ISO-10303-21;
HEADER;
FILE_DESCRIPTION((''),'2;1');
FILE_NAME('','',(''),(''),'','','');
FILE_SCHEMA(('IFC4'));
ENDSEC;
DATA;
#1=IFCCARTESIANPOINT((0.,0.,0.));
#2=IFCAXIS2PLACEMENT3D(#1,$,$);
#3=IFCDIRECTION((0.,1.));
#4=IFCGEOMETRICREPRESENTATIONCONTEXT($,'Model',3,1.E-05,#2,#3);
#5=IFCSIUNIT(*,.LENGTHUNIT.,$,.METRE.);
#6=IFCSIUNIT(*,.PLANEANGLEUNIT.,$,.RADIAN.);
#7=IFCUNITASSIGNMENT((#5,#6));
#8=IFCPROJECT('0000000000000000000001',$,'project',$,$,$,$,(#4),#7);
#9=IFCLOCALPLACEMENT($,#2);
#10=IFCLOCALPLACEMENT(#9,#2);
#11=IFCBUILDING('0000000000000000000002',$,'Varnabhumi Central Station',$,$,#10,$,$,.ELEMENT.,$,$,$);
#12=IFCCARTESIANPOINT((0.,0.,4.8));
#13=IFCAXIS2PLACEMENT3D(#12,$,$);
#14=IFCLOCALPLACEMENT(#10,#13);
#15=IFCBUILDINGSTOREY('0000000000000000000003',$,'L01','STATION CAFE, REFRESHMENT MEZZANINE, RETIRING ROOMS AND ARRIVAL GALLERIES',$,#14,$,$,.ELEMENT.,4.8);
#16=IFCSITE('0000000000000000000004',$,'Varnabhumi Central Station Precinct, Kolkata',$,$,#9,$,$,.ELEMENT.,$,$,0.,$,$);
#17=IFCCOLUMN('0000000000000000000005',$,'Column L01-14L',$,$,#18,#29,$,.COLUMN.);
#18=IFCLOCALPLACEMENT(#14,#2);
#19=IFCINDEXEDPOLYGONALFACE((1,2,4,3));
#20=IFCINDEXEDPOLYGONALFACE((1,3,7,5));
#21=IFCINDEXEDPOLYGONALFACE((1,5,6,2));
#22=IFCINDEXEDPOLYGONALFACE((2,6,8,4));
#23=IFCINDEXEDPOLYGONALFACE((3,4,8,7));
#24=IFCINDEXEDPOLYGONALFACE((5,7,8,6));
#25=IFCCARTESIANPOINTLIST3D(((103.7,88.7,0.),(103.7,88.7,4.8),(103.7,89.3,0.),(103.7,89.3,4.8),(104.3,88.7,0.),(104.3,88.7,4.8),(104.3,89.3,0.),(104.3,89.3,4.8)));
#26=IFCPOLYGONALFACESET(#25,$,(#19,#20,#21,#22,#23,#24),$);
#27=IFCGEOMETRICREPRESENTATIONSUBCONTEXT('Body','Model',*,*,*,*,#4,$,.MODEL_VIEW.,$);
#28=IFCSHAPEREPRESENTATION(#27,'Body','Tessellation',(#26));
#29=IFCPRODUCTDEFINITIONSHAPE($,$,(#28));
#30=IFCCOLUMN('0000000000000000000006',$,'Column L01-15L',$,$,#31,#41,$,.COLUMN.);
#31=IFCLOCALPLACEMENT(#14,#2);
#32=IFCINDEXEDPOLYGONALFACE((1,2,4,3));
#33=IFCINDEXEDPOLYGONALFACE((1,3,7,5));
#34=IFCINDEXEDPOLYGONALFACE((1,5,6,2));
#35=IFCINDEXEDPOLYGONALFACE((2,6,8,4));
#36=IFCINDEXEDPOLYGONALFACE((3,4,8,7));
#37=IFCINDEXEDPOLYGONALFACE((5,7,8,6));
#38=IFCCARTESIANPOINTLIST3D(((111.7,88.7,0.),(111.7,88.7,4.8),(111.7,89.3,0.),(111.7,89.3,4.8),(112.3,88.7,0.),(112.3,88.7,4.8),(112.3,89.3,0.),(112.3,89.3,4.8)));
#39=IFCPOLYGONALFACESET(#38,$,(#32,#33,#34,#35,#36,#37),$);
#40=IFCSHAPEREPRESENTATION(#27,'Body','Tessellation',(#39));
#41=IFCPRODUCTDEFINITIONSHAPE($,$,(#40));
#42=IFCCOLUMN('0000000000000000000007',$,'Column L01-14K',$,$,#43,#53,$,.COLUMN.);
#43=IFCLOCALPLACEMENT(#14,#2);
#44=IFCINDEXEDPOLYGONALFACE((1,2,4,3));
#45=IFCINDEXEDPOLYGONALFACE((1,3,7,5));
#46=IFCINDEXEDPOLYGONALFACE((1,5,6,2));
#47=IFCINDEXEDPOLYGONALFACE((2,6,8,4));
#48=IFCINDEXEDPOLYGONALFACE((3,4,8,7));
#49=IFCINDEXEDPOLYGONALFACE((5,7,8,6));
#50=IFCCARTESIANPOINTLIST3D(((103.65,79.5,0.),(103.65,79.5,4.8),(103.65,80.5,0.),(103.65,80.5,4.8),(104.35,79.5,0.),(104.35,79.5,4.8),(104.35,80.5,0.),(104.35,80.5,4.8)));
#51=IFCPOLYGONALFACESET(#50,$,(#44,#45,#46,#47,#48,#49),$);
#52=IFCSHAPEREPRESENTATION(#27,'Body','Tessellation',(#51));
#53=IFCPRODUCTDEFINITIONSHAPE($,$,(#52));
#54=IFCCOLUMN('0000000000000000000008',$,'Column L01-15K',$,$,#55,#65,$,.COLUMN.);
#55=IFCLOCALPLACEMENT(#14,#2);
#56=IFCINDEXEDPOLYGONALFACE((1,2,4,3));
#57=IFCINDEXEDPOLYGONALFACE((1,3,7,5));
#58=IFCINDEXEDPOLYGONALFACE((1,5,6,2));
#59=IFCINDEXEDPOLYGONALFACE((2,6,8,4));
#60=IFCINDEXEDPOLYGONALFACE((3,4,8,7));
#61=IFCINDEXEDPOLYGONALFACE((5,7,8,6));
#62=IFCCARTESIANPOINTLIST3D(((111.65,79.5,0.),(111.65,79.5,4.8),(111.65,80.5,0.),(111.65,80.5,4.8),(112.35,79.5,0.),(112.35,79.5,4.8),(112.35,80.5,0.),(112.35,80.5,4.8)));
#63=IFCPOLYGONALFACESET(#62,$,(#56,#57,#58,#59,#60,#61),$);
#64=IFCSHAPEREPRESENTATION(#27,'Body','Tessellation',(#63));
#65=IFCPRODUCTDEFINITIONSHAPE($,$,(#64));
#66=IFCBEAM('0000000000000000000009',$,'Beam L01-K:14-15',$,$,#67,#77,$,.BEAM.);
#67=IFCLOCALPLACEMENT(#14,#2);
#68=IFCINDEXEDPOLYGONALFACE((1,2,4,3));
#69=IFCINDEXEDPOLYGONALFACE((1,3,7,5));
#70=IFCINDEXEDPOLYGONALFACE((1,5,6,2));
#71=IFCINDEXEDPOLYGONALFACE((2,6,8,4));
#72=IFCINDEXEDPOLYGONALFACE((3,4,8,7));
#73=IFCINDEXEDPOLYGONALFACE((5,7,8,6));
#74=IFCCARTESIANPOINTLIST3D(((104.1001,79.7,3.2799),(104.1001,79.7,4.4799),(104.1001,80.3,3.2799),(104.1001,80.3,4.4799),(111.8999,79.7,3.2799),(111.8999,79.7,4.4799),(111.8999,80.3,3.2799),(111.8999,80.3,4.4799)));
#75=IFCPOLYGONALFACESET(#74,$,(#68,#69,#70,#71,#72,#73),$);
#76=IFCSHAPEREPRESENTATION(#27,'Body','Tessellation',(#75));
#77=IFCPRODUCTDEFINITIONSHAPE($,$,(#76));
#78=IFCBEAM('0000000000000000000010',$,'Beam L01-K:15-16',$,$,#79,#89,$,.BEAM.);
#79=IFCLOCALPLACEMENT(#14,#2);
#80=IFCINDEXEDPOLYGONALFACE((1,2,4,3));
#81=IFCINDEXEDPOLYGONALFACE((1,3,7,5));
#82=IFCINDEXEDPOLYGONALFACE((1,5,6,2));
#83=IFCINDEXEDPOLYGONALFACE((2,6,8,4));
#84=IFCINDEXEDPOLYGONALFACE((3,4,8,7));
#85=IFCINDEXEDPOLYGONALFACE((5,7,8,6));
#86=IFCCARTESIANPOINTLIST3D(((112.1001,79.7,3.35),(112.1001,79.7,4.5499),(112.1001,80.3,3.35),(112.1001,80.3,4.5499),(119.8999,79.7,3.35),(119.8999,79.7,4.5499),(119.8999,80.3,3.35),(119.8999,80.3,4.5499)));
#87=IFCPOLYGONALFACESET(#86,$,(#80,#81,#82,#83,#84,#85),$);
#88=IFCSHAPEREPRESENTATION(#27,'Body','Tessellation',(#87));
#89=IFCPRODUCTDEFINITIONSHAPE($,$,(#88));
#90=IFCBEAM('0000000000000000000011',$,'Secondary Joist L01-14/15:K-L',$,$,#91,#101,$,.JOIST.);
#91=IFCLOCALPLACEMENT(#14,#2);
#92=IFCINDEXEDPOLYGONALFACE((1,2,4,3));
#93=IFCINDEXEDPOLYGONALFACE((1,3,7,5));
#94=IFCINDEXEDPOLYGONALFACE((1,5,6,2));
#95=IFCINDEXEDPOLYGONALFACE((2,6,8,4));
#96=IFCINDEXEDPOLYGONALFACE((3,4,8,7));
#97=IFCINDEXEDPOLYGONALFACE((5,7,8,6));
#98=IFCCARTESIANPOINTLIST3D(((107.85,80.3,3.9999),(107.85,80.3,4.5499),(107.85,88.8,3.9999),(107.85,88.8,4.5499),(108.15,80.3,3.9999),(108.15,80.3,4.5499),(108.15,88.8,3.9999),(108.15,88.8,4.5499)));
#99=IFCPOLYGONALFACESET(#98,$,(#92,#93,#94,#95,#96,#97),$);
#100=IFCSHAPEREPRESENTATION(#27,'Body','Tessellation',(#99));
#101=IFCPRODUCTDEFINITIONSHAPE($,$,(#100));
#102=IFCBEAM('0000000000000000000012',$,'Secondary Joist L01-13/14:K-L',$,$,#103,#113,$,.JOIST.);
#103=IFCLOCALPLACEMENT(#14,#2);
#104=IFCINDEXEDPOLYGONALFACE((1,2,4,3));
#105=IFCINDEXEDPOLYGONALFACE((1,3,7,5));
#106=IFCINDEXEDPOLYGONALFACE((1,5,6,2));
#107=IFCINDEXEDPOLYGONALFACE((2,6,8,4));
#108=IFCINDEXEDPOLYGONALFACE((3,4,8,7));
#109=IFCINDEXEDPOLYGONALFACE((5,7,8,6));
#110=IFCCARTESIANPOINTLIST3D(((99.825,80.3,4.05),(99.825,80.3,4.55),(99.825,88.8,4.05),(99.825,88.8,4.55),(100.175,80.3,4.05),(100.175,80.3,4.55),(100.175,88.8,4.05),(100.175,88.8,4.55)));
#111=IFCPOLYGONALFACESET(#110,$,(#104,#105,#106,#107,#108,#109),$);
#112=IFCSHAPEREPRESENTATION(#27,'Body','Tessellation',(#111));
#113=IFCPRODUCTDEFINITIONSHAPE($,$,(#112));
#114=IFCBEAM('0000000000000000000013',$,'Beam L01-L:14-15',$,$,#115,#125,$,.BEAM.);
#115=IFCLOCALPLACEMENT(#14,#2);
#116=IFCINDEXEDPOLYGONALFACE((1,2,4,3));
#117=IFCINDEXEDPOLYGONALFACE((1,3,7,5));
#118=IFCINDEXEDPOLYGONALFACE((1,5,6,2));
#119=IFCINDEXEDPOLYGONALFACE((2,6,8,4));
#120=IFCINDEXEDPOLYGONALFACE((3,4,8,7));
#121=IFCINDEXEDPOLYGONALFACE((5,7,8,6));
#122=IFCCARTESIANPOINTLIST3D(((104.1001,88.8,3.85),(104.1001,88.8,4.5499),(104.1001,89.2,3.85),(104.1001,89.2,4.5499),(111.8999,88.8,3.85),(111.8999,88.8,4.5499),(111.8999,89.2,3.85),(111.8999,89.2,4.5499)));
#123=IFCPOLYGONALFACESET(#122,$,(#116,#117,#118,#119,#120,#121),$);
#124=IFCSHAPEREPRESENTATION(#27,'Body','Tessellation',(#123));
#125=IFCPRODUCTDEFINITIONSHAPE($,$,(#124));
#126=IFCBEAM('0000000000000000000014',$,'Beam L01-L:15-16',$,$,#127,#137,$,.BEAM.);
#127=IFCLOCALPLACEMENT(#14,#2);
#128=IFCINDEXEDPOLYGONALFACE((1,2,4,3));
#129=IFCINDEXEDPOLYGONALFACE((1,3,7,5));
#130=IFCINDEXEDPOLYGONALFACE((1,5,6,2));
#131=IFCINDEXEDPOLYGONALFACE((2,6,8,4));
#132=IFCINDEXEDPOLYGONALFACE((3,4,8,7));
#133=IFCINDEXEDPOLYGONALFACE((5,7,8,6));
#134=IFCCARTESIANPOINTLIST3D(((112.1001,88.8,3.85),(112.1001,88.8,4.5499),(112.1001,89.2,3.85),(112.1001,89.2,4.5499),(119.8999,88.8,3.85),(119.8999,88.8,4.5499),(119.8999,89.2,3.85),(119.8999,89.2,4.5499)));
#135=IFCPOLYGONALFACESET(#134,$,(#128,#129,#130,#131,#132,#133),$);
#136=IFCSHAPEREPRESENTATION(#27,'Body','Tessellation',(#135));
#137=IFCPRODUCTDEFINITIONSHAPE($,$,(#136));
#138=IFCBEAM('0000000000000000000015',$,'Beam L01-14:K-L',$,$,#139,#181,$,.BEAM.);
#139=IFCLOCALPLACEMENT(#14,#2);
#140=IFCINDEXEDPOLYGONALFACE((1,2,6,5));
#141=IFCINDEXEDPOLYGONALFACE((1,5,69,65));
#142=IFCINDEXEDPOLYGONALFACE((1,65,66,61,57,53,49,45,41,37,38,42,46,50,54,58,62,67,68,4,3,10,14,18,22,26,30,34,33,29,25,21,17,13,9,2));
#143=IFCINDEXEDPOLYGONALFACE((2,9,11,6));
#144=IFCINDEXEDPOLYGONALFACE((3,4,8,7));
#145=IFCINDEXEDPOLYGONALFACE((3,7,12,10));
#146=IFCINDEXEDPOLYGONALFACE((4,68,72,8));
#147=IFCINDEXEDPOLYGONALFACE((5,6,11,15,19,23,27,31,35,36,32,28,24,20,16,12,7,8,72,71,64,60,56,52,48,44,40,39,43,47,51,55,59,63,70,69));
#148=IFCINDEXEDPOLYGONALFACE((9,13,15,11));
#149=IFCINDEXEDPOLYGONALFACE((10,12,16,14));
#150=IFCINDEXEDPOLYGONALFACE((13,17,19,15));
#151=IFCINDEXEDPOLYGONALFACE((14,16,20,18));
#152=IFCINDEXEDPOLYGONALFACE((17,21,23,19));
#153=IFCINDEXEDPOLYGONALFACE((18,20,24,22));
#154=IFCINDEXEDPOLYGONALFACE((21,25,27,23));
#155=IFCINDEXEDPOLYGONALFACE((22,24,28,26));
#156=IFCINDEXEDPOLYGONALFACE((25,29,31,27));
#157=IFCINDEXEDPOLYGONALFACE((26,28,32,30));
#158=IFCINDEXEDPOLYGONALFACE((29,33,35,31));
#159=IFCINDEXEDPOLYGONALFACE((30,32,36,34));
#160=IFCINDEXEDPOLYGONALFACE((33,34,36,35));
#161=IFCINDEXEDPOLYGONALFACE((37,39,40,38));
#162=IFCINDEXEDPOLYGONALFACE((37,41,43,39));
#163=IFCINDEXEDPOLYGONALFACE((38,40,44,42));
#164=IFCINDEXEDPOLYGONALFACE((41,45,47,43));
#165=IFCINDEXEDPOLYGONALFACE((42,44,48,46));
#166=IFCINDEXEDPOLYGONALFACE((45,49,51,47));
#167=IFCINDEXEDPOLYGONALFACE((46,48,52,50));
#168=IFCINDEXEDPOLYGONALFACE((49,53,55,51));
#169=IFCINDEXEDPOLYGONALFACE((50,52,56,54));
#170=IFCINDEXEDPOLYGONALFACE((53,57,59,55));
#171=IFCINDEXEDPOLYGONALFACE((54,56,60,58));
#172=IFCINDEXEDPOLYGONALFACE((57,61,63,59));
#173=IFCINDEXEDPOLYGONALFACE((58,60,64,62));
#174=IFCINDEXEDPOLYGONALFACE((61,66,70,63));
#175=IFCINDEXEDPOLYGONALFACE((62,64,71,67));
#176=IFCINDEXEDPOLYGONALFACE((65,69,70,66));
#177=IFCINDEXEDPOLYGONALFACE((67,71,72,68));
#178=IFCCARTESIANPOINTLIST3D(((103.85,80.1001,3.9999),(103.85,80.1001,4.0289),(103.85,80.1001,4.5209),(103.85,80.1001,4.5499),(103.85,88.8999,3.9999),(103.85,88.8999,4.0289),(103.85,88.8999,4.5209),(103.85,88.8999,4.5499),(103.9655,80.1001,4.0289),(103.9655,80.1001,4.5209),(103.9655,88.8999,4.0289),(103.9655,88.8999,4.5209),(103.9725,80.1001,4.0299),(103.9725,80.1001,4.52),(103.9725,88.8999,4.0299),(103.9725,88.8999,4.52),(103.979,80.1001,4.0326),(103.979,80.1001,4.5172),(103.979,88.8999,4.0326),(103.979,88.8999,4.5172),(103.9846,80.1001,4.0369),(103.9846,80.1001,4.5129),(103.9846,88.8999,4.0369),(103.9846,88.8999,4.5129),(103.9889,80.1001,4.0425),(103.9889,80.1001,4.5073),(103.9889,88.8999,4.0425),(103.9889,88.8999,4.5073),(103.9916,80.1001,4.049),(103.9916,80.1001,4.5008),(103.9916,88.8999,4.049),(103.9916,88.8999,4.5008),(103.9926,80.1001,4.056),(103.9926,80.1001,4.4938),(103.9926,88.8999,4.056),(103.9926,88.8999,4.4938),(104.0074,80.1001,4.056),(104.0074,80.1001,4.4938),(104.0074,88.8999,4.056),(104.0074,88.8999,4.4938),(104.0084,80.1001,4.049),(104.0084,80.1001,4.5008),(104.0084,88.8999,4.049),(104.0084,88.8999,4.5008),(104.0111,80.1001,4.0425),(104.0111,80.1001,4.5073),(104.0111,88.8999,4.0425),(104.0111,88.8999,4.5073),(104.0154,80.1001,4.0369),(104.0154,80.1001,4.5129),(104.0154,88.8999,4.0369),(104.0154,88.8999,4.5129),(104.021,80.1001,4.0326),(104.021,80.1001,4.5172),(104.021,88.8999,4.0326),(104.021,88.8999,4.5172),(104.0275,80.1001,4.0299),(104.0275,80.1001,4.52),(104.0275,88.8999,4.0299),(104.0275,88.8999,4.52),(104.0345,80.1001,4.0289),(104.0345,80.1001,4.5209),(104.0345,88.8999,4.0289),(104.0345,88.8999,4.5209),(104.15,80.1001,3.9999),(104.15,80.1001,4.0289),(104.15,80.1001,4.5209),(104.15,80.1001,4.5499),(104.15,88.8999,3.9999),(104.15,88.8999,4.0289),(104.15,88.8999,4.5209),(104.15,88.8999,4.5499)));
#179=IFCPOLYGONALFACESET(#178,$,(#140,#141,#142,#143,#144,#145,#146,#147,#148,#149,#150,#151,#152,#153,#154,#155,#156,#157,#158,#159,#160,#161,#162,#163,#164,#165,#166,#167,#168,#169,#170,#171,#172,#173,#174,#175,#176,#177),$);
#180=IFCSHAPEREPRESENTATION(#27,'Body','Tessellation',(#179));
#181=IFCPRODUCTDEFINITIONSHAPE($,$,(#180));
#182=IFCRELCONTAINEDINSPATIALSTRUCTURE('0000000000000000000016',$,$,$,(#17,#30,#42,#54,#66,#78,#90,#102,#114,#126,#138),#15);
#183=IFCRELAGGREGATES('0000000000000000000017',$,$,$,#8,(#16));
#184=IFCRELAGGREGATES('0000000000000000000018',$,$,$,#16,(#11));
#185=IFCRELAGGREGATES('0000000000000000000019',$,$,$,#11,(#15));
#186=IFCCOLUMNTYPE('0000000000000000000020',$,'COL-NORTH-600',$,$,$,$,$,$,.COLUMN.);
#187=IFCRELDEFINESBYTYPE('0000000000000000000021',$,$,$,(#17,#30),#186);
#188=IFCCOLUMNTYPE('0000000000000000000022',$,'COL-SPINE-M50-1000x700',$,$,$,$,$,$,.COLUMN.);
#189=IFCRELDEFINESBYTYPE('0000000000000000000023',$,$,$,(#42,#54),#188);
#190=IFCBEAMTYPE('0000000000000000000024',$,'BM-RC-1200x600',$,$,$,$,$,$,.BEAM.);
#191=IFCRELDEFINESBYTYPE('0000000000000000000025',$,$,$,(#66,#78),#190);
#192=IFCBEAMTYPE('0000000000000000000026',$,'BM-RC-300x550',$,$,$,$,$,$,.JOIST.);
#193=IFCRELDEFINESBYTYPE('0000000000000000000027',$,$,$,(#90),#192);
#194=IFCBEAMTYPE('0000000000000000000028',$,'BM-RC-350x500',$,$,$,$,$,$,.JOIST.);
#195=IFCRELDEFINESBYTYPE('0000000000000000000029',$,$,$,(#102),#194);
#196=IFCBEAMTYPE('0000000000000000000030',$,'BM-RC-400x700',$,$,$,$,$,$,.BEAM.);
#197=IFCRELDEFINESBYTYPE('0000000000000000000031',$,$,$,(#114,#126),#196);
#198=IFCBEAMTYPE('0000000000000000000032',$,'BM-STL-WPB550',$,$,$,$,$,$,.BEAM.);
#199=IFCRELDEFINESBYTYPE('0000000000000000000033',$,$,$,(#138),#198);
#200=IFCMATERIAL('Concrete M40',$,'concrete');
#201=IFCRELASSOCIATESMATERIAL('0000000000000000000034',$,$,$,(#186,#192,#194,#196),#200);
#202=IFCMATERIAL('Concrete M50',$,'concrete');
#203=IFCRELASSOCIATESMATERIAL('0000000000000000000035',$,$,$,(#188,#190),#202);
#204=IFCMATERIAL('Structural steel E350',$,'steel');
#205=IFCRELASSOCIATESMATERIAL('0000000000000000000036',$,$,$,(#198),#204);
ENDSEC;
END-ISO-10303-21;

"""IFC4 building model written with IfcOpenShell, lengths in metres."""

from ifc_helpers import new_model, si_unit, direction, frame, origin, origin_2d, place, context, subcontext, project, spatial, rectangle, i_section, extrude, material, material_profile, profile_set, type_object, element, save


model = new_model("IFC4")

# Units and contexts
model_context = context("Model", 3, precision=1e-05, world=origin(), true_north=direction((0.0, 1.0)))
body_context = subcontext(model_context, "Body", "Model", "MODEL_VIEW")
ifc_project = project(units=[si_unit("LENGTHUNIT", "METRE"), si_unit("PLANEANGLEUNIT", "RADIAN")], contexts=[model_context])

# Site, building, storey
site_placement = place(None, origin())
site = spatial("IfcSite", under=ifc_project, at=site_placement, Name="Varnabhumi Central Station Precinct, Kolkata", CompositionType="ELEMENT", RefElevation=0.0)
building_placement = place(site_placement, origin())
building = spatial("IfcBuilding", under=site, at=building_placement, Name="Varnabhumi Central Station", CompositionType="ELEMENT")
storey_placement = place(building_placement, frame((0.0, 0.0, 4.8)))
storey = spatial("IfcBuildingStorey", under=building, at=storey_placement, Name="L01", Description="STATION CAFE, REFRESHMENT MEZZANINE, RETIRING ROOMS AND ARRIVAL GALLERIES", CompositionType="ELEMENT", Elevation=4.8)

# Columns
ifc_material_1 = material(Name="Concrete M40", Category="concrete")
ifc_material_profile_1 = material_profile(ifc_material_1, rectangle(XDim=0.6001, YDim=0.6001, at=origin_2d()), Name="Concrete M40", Category="concrete")
ifc_profile_set_1 = profile_set([ifc_material_profile_1], Name="Concrete M40")
column_type_1 = type_object("IfcColumnType", Name="COL-NORTH-600", PredefinedType="COLUMN", material=ifc_profile_set_1)
for number, where, z_axis, x_axis, name in (
    (1, (104.0, 89.0, 0.0), (0.0, 0.0, 1.0), (1.0, 0.0, 0.0), "Column L01-14L"),
    (2, (112.0, 89.0, 0.0), (0.0, 0.0, 1.0), (1.0, 0.0, 0.0), "Column L01-15L"),
):
    element("IfcColumn", number, at=place(storey_placement, frame(where, z_axis=z_axis, x_axis=x_axis)), inside=storey, type_object=column_type_1, Name=name, PredefinedType="COLUMN", context=body_context, shape_type="SweptSolid", body=[
        extrude(rectangle(XDim=0.6001, YDim=0.6001, at=origin_2d()), origin(), (0.0, 0.0, 1.0), 4.8),
    ])
ifc_material_2 = material(Name="Concrete M50", Category="concrete")
ifc_material_profile_2 = material_profile(ifc_material_2, rectangle(XDim=0.7, YDim=1.0, at=origin_2d()), Name="Concrete M50", Category="concrete")
ifc_profile_set_2 = profile_set([ifc_material_profile_2], Name="Concrete M50")
column_type_2 = type_object("IfcColumnType", Name="COL-SPINE-M50-1000x700", PredefinedType="COLUMN", material=ifc_profile_set_2)
for number, where, z_axis, x_axis, name in (
    (3, (104.0, 80.0, 0.0), (0.0, 0.0, 1.0), (1.0, 0.0, 0.0), "Column L01-14K"),
    (4, (112.0, 80.0, 0.0), (0.0, 0.0, 1.0), (1.0, 0.0, 0.0), "Column L01-15K"),
):
    element("IfcColumn", number, at=place(storey_placement, frame(where, z_axis=z_axis, x_axis=x_axis)), inside=storey, type_object=column_type_2, Name=name, PredefinedType="COLUMN", context=body_context, shape_type="SweptSolid", body=[
        extrude(rectangle(XDim=0.7, YDim=1.0, at=origin_2d()), origin(), (0.0, 0.0, 1.0), 4.8),
    ])

# Beams
ifc_material_profile_3 = material_profile(ifc_material_2, rectangle(XDim=0.6001, YDim=1.2, at=origin_2d()), Name="Concrete M50", Category="concrete")
ifc_profile_set_3 = profile_set([ifc_material_profile_3], Name="Concrete M50")
beam_type_1 = type_object("IfcBeamType", Name="BM-RC-1200x600", PredefinedType="BEAM", material=ifc_profile_set_3)
for number, where, z_axis, x_axis, name in (
    (5, (104.1001, 80.0, 3.8799), (1.0, 0.0, 0.0), (0.0, 1.0, 0.0), "Beam L01-K:14-15"),
    (6, (112.1001, 80.0, 3.95), (1.0, 0.0, 0.0), (0.0, 1.0, 0.0), "Beam L01-K:15-16"),
):
    element("IfcBeam", number, at=place(storey_placement, frame(where, z_axis=z_axis, x_axis=x_axis)), inside=storey, type_object=beam_type_1, Name=name, PredefinedType="BEAM", context=body_context, shape_type="SweptSolid", body=[
        extrude(rectangle(XDim=0.6001, YDim=1.2, at=origin_2d()), origin(), (0.0, 0.0, 1.0), 7.7998),
    ])
ifc_material_profile_4 = material_profile(ifc_material_1, rectangle(XDim=0.3, YDim=0.55, at=origin_2d()), Name="Concrete M40", Category="concrete")
ifc_profile_set_4 = profile_set([ifc_material_profile_4], Name="Concrete M40")
beam_type_2 = type_object("IfcBeamType", Name="BM-RC-300x550", PredefinedType="JOIST", material=ifc_profile_set_4)
beam_1_placement = place(storey_placement, frame((108.0, 80.3, 4.2749), z_axis=(0.0, 1.0, 0.0), x_axis=(-1.0, 0.0, 0.0)))
element("IfcBeam", 7, at=beam_1_placement, inside=storey, type_object=beam_type_2, Name="Secondary Joist L01-14/15:K-L", PredefinedType="JOIST", context=body_context, shape_type="SweptSolid", body=[
    extrude(rectangle(XDim=0.3, YDim=0.55, at=origin_2d()), origin(), (0.0, 0.0, 1.0), 8.5),
])
ifc_material_profile_5 = material_profile(ifc_material_1, rectangle(XDim=0.3501, YDim=0.5, at=origin_2d()), Name="Concrete M40", Category="concrete")
ifc_profile_set_5 = profile_set([ifc_material_profile_5], Name="Concrete M40")
beam_type_3 = type_object("IfcBeamType", Name="BM-RC-350x500", PredefinedType="JOIST", material=ifc_profile_set_5)
beam_2_placement = place(storey_placement, frame((100.0, 80.3, 4.3), z_axis=(0.0, 1.0, 0.0), x_axis=(-1.0, 0.0, 0.0)))
element("IfcBeam", 8, at=beam_2_placement, inside=storey, type_object=beam_type_3, Name="Secondary Joist L01-13/14:K-L", PredefinedType="JOIST", context=body_context, shape_type="SweptSolid", body=[
    extrude(rectangle(XDim=0.3501, YDim=0.5, at=origin_2d()), origin(), (0.0, 0.0, 1.0), 8.5),
])
ifc_material_profile_6 = material_profile(ifc_material_1, rectangle(XDim=0.3999, YDim=0.7, at=origin_2d()), Name="Concrete M40", Category="concrete")
ifc_profile_set_6 = profile_set([ifc_material_profile_6], Name="Concrete M40")
beam_type_4 = type_object("IfcBeamType", Name="BM-RC-400x700", PredefinedType="BEAM", material=ifc_profile_set_6)
for number, where, z_axis, x_axis, name in (
    (9, (104.1001, 89.0, 4.2), (1.0, 0.0, 0.0), (0.0, 1.0, 0.0), "Beam L01-L:14-15"),
    (10, (112.1001, 89.0, 4.2), (1.0, 0.0, 0.0), (0.0, 1.0, 0.0), "Beam L01-L:15-16"),
):
    element("IfcBeam", number, at=place(storey_placement, frame(where, z_axis=z_axis, x_axis=x_axis)), inside=storey, type_object=beam_type_4, Name=name, PredefinedType="BEAM", context=body_context, shape_type="SweptSolid", body=[
        extrude(rectangle(XDim=0.3999, YDim=0.7, at=origin_2d()), origin(), (0.0, 0.0, 1.0), 7.7998),
    ])
ifc_material_3 = material(Name="Structural steel E350", Category="steel")
ifc_material_profile_7 = material_profile(ifc_material_3, i_section(OverallWidth=0.3, OverallDepth=0.55, WebThickness=0.0149, FlangeThickness=0.0291, FilletRadius=0.0271, at=origin_2d()), Name="Structural steel E350", Category="steel")
ifc_profile_set_7 = profile_set([ifc_material_profile_7], Name="Structural steel E350")
beam_type_5 = type_object("IfcBeamType", Name="BM-STL-WPB550", PredefinedType="BEAM", material=ifc_profile_set_7)
for number, where, z_axis, x_axis, name in (
    (11, (104.0, 80.1001, 4.2749), (0.0, 1.0, 0.0), (-1.0, 0.0, 0.0), "Beam L01-14:K-L"),
):
    element("IfcBeam", number, at=place(storey_placement, frame(where, z_axis=z_axis, x_axis=x_axis)), inside=storey, type_object=beam_type_5, Name=name, PredefinedType="BEAM", context=body_context, shape_type="SweptSolid", body=[
        extrude(i_section(OverallWidth=0.3, OverallDepth=0.55, WebThickness=0.0149, FlangeThickness=0.0291, FilletRadius=0.0271, at=origin_2d()), origin(), (0.0, 0.0, 1.0), 8.7998),
    ])

save(model, "model.ifc")
